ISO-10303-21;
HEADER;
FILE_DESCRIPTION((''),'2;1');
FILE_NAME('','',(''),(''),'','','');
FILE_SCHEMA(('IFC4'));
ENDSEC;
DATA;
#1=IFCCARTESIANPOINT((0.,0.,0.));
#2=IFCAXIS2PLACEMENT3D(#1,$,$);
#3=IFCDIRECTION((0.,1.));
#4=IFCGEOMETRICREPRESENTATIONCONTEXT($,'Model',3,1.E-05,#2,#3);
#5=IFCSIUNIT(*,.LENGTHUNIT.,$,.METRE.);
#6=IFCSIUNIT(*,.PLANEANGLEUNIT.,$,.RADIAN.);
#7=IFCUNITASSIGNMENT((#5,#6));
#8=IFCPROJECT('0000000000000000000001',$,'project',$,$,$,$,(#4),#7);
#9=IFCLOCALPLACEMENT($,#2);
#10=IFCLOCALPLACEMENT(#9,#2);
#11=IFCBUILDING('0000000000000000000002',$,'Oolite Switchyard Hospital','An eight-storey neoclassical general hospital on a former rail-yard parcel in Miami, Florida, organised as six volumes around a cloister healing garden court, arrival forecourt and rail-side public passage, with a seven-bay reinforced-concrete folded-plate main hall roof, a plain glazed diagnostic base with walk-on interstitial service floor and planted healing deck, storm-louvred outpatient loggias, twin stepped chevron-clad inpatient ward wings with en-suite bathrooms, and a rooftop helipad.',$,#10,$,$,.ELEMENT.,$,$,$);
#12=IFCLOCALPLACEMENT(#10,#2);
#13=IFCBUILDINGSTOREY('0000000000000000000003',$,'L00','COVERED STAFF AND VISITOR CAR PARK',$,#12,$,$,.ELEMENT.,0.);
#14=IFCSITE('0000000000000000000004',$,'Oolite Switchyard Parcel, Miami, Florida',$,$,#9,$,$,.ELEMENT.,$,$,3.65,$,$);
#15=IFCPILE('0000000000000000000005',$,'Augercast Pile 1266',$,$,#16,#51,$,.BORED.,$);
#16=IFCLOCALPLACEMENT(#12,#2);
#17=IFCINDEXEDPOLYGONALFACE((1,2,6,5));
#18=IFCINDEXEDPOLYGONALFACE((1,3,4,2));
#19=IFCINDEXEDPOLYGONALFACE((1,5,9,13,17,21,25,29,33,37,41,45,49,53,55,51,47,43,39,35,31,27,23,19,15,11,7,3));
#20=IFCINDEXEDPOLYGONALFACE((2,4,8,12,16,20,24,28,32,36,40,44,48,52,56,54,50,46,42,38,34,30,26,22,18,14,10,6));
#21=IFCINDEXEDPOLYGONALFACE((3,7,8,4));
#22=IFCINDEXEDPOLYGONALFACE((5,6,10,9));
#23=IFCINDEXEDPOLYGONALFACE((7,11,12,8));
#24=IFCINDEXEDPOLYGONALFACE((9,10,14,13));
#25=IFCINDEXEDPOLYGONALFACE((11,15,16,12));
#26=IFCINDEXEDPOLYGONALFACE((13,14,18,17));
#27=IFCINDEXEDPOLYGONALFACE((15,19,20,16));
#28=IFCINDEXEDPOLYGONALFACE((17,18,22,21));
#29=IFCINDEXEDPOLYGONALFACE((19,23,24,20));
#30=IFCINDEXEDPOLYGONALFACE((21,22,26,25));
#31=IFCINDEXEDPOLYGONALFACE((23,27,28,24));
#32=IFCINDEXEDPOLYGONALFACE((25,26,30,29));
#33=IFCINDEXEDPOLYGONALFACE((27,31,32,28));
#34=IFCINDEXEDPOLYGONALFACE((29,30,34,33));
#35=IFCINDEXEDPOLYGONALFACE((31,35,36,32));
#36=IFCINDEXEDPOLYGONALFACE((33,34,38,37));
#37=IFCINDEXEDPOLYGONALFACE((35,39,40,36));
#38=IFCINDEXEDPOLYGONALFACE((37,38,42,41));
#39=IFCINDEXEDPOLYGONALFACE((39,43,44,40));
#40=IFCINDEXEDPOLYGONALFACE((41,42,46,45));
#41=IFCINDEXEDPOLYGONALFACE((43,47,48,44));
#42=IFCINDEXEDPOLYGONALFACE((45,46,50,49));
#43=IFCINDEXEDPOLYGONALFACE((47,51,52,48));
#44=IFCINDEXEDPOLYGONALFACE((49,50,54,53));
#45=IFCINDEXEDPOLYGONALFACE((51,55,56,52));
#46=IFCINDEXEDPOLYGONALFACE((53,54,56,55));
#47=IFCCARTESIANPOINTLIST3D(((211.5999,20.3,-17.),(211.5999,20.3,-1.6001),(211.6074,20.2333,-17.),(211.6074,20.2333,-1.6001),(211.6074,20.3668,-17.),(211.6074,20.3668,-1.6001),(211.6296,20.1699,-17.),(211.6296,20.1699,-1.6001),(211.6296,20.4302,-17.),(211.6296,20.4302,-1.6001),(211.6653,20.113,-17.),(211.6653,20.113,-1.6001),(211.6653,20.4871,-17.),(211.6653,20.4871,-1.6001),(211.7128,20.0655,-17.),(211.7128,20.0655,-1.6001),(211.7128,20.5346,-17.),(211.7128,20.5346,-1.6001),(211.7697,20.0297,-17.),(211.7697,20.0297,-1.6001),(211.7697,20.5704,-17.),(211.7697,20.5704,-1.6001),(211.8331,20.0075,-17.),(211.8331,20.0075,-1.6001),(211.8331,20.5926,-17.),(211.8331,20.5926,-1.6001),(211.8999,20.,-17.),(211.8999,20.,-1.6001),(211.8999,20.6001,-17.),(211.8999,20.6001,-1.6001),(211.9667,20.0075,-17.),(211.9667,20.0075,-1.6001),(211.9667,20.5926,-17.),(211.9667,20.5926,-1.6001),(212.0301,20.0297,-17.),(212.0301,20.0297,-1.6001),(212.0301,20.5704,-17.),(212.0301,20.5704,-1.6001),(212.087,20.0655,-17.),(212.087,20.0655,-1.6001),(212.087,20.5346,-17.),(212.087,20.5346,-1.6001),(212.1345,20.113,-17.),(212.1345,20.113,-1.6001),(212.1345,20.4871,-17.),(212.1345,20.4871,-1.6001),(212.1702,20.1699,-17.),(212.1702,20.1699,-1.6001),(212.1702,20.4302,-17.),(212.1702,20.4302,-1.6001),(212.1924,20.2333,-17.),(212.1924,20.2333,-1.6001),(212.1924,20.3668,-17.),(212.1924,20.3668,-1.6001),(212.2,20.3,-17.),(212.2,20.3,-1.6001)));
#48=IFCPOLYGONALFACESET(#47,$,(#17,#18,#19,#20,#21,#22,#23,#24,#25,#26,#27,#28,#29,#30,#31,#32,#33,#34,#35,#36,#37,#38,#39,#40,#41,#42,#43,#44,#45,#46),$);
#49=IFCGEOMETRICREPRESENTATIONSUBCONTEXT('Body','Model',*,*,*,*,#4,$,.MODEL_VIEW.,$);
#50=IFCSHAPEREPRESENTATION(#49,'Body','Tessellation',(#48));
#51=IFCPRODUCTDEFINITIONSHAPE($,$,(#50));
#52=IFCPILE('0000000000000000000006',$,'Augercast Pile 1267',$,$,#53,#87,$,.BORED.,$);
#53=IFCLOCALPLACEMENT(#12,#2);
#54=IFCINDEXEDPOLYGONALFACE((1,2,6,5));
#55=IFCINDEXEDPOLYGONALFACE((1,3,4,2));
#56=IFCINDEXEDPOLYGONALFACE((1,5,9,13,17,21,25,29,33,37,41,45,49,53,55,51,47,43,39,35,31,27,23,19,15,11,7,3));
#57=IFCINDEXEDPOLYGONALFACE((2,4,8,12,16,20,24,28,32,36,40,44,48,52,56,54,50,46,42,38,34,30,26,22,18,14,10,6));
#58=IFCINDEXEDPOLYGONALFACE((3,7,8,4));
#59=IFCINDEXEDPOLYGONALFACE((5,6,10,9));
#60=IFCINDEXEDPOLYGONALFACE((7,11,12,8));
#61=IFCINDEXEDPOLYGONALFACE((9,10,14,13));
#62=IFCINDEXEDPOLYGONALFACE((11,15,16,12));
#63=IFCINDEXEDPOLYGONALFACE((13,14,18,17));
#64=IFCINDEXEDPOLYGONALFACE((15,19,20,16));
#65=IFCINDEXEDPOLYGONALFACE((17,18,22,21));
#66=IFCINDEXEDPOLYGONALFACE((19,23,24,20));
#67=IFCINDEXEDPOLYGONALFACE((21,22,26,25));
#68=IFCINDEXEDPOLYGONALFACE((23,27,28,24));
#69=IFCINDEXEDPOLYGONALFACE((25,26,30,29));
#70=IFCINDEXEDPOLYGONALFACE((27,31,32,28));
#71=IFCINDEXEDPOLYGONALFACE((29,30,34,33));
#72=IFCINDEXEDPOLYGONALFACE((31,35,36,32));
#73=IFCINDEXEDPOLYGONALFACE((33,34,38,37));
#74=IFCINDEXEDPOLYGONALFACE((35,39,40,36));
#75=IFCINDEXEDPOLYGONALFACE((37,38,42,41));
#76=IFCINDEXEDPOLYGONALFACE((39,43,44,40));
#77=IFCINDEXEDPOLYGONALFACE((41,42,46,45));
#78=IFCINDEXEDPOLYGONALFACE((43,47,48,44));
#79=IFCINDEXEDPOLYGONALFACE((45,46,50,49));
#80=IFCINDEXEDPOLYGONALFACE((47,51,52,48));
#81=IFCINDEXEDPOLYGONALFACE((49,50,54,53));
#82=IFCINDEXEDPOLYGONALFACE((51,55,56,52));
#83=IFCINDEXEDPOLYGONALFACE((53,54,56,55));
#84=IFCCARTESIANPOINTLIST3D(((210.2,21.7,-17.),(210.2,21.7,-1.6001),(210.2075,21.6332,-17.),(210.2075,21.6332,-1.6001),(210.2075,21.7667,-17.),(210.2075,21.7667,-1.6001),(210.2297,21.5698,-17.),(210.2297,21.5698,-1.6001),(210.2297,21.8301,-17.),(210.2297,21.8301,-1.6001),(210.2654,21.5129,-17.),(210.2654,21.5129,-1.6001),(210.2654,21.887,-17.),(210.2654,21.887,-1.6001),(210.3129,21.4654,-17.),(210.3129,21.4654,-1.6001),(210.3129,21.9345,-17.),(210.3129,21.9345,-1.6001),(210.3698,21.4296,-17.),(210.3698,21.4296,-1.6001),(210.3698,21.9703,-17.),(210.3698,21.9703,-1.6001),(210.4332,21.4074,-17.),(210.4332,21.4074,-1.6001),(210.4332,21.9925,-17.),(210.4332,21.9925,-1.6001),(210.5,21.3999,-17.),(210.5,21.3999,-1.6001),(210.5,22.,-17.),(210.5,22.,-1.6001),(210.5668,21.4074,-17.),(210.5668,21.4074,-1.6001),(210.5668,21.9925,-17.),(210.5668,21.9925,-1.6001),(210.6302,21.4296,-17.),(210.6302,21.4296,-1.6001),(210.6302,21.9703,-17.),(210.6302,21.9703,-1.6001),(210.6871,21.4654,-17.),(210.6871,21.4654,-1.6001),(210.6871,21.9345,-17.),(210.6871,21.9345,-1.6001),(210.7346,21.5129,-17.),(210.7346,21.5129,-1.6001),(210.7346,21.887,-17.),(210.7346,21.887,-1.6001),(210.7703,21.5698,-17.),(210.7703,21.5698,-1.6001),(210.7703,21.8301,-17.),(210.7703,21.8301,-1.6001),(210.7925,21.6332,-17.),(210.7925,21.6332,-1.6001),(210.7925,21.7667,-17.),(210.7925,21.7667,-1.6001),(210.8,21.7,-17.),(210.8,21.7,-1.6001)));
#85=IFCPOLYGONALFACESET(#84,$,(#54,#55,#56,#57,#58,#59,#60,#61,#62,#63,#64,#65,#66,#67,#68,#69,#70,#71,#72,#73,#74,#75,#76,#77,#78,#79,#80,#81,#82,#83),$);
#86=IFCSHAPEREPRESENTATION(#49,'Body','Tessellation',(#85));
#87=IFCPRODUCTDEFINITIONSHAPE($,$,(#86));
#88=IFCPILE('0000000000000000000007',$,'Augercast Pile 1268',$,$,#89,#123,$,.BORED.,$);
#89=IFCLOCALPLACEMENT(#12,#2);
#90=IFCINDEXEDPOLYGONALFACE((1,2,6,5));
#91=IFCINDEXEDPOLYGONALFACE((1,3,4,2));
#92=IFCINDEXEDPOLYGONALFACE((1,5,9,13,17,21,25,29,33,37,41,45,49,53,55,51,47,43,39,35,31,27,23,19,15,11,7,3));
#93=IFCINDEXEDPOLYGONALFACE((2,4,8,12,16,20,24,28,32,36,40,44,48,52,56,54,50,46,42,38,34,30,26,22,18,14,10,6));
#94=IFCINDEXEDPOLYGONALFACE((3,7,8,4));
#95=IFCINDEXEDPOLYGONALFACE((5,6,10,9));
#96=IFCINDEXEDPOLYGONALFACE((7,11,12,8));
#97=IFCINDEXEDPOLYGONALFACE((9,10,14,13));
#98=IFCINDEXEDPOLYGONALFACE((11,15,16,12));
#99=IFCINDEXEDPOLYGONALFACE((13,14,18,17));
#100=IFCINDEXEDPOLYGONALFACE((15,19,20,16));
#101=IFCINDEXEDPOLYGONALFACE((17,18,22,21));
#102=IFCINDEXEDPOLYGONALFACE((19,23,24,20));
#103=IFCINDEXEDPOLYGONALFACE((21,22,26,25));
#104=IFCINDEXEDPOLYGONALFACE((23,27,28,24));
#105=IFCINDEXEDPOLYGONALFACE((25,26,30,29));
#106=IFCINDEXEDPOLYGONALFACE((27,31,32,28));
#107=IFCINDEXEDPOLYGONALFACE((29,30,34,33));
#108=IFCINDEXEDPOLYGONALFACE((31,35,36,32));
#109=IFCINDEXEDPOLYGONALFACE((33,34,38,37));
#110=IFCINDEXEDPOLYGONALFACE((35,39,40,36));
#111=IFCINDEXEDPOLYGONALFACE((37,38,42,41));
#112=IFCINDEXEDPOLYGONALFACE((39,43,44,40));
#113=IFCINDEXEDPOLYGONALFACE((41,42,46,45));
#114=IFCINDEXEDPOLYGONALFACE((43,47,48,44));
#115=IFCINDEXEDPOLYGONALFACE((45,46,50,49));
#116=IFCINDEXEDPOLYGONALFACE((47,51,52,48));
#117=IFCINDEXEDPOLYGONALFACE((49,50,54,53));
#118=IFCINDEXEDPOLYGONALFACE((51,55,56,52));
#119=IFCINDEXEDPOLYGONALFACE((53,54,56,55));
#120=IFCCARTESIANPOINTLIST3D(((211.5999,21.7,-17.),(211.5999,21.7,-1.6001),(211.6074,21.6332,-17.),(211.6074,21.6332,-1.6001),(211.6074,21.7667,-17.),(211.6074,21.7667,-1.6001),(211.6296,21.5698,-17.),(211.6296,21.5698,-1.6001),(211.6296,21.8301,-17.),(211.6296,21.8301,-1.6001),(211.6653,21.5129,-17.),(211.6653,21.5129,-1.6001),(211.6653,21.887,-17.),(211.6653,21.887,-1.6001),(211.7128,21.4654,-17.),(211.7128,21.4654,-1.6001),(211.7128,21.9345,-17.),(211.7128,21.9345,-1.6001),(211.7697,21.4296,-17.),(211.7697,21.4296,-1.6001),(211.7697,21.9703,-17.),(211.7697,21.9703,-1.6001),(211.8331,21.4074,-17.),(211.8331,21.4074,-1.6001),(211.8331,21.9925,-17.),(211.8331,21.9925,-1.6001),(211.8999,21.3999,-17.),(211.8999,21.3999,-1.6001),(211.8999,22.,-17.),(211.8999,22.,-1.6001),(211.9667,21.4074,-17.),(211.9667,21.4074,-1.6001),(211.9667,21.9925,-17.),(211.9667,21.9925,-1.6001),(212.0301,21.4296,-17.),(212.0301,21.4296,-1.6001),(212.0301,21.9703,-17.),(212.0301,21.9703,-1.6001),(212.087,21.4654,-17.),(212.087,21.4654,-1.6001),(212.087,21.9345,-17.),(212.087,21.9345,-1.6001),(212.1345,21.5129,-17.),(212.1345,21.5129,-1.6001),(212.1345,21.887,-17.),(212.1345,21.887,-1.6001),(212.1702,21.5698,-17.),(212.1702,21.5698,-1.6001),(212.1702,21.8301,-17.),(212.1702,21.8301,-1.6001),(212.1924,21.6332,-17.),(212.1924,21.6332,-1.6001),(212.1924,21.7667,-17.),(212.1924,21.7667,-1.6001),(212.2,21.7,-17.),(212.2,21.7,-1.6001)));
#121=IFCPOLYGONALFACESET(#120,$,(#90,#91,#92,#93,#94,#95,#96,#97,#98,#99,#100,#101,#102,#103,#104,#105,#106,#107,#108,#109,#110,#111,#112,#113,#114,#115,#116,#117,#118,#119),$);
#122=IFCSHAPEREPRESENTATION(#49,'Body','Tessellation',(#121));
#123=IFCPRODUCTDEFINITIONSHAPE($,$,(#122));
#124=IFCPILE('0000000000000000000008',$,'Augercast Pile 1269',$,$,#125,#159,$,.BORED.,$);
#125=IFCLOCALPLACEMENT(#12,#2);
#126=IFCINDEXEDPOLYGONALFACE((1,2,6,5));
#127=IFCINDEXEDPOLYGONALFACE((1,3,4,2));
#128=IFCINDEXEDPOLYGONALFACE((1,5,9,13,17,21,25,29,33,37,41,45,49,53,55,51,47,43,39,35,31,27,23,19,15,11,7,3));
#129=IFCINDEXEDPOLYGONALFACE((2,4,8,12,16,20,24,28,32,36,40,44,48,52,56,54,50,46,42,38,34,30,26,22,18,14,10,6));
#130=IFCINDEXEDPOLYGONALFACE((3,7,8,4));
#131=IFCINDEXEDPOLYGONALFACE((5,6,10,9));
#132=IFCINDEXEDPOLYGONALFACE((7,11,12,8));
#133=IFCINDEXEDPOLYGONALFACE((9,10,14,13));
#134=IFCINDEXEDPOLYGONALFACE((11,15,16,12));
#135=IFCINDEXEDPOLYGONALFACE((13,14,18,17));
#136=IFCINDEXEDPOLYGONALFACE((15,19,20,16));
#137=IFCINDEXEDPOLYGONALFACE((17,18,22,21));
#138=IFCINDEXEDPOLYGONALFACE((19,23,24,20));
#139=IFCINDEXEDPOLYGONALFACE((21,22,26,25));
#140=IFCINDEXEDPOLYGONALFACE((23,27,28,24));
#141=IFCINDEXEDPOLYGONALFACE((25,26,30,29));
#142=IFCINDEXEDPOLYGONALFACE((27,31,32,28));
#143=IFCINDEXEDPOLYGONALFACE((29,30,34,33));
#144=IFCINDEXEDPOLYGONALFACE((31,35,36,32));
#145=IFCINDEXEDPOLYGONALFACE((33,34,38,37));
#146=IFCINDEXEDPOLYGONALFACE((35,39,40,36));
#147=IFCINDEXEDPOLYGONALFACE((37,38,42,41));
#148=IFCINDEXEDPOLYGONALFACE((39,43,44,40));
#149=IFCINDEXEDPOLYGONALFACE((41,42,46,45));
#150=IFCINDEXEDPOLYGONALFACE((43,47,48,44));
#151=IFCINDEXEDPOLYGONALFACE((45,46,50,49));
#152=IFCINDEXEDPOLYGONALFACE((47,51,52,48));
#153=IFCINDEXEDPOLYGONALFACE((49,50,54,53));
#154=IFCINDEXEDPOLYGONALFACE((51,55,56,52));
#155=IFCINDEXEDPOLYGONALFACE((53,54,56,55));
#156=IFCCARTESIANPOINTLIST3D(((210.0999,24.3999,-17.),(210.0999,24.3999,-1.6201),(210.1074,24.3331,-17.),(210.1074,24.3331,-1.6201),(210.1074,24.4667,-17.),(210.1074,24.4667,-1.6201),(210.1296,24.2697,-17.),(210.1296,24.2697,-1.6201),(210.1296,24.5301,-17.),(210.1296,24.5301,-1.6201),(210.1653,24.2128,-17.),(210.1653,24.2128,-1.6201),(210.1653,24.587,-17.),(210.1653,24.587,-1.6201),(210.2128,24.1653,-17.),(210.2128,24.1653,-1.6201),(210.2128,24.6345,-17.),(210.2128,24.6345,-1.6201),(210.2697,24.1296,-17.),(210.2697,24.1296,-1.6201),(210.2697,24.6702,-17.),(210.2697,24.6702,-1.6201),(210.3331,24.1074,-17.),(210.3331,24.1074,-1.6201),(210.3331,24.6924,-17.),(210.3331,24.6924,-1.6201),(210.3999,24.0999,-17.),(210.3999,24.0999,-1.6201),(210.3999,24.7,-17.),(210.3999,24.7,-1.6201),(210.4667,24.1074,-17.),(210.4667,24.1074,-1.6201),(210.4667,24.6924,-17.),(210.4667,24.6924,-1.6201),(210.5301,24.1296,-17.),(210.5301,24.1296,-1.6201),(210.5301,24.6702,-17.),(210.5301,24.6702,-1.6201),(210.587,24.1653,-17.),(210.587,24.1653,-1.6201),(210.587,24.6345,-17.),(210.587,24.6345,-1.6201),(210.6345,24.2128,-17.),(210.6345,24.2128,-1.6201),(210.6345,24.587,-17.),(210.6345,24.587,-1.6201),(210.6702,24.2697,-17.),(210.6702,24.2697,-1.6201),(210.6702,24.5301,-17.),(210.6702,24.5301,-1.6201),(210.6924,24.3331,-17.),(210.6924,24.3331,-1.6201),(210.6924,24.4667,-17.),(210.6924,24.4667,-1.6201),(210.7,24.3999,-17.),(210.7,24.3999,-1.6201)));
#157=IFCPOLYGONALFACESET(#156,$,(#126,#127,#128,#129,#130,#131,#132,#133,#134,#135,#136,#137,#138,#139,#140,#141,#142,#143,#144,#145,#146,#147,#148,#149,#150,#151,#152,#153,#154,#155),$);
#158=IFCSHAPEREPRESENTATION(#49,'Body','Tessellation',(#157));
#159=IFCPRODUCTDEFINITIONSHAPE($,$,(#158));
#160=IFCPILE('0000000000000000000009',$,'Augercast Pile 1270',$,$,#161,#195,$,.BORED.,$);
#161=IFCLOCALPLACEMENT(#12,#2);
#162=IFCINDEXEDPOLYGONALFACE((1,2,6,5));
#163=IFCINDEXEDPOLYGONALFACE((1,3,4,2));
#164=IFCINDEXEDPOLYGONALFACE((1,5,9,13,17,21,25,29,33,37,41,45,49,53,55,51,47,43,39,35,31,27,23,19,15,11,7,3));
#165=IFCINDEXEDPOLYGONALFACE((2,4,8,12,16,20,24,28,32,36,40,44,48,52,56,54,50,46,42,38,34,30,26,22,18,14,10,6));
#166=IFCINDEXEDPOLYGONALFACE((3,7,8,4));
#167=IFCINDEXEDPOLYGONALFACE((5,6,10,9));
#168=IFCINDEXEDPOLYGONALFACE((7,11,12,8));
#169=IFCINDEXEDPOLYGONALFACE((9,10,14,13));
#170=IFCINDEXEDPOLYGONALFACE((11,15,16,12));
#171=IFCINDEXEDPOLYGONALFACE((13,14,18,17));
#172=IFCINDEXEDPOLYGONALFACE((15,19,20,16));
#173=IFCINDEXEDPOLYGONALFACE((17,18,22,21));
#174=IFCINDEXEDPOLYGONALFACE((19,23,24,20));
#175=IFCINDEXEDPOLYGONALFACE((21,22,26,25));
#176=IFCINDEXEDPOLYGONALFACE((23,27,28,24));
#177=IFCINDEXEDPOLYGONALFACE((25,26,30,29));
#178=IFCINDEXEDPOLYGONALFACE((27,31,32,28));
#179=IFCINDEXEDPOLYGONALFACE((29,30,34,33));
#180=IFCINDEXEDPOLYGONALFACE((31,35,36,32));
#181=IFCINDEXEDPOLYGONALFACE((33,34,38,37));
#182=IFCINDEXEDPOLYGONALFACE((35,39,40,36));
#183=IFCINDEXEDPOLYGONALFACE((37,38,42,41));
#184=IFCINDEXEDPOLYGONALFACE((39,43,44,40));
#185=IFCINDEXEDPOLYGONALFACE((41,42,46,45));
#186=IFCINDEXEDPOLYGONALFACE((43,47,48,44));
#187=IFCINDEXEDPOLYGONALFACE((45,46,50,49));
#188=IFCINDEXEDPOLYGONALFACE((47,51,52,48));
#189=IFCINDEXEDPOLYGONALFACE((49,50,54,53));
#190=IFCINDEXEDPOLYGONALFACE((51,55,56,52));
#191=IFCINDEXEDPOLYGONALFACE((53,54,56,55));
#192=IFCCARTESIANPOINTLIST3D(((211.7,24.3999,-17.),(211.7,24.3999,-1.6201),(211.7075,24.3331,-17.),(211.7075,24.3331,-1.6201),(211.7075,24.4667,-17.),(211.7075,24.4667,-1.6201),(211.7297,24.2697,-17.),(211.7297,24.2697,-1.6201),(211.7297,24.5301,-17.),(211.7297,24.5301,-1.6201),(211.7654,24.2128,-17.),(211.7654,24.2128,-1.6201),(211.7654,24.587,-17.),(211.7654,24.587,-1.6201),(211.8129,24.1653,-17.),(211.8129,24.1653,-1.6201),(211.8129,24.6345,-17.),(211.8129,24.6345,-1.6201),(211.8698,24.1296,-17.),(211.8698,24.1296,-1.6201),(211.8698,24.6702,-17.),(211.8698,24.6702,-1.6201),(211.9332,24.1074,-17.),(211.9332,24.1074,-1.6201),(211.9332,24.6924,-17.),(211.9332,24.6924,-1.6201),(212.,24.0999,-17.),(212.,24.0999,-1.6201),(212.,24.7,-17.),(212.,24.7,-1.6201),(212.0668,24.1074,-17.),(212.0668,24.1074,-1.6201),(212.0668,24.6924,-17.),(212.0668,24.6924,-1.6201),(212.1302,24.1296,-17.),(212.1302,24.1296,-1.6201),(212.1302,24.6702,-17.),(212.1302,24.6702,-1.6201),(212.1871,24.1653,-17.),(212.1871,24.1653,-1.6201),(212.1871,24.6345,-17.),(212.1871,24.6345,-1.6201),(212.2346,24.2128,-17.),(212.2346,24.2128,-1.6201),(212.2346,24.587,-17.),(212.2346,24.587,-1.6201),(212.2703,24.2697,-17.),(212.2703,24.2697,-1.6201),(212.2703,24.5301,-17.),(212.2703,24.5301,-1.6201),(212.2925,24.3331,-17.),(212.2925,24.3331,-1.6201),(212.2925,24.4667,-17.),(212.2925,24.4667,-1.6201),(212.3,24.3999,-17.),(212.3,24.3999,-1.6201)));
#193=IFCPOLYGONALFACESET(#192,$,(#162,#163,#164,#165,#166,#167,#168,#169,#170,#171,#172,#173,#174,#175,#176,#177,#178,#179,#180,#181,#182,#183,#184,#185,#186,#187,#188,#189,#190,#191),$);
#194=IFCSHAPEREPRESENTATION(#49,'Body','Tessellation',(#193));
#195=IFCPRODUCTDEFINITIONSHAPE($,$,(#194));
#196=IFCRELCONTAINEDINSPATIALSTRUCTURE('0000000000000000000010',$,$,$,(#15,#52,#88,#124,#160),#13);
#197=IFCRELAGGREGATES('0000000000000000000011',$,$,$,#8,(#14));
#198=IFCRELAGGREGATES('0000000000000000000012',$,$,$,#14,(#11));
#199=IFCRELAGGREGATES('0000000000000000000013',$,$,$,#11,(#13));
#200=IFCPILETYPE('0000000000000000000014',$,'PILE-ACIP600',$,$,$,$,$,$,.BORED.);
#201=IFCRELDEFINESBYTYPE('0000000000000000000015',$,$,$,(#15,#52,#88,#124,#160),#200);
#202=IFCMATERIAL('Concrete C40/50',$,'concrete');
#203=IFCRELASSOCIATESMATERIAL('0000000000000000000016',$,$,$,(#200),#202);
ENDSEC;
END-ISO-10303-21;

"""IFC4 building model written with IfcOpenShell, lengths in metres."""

from ifc_helpers import new_model, si_unit, direction, frame, origin, origin_2d, place, context, subcontext, project, spatial, circle, extrude, material, material_profile, profile_set, type_object, element, save


model = new_model("IFC4")

# Units and contexts
model_context = context("Model", 3, precision=1e-05, world=origin(), true_north=direction((0.0, 1.0)))
body_context = subcontext(model_context, "Body", "Model", "MODEL_VIEW")
ifc_project = project(units=[si_unit("LENGTHUNIT", "METRE"), si_unit("PLANEANGLEUNIT", "RADIAN")], contexts=[model_context])

# Site, building, storey
site_placement = place(None, origin())
site = spatial("IfcSite", under=ifc_project, at=site_placement, Name="Oolite Switchyard Parcel, Miami, Florida", CompositionType="ELEMENT", RefElevation=3.65)
building_placement = place(site_placement, origin())
building = spatial("IfcBuilding", under=site, at=building_placement, Name="Oolite Switchyard Hospital", Description="An eight-storey neoclassical general hospital on a former rail-yard parcel in Miami, Florida, organised as six volumes around a cloister healing garden court, arrival forecourt and rail-side public passage, with a seven-bay reinforced-concrete folded-plate main hall roof, a plain glazed diagnostic base with walk-on interstitial service floor and planted healing deck, storm-louvred outpatient loggias, twin stepped chevron-clad inpatient ward wings with en-suite bathrooms, and a rooftop helipad.", CompositionType="ELEMENT")
storey_placement = place(building_placement, origin())
storey = spatial("IfcBuildingStorey", under=building, at=storey_placement, Name="L00", Description="COVERED STAFF AND VISITOR CAR PARK", CompositionType="ELEMENT", Elevation=0.0)

# Shared definitions
ifc_material_1 = material(Name="Concrete C40/50", Category="concrete")

# Piles
ifc_material_profile_1 = material_profile(ifc_material_1, circle(Radius=0.3, at=origin_2d()), Name="PILE600")
ifc_profile_set_1 = profile_set([ifc_material_profile_1], Name="Concrete C40/50")
pile_type = type_object("IfcPileType", Name="PILE-ACIP600", PredefinedType="BORED", material=ifc_profile_set_1)
for number, where, z_axis, x_axis, name in (
    (1, (211.8999, 20.3, -1.6001), (0.0, 0.0, -1.0), (1.0, 0.0, 0.0), "Augercast Pile 1266"),
    (2, (210.5, 21.7, -1.6001), (0.0, 0.0, -1.0), (1.0, 0.0, 0.0), "Augercast Pile 1267"),
    (3, (211.8999, 21.7, -1.6001), (0.0, 0.0, -1.0), (1.0, 0.0, 0.0), "Augercast Pile 1268"),
):
    element("IfcPile", number, at=place(storey_placement, frame(where, z_axis=z_axis, x_axis=x_axis)), inside=storey, type_object=pile_type, Name=name, PredefinedType="BORED", context=body_context, shape_type="SweptSolid", body=[
        extrude(circle(Radius=0.3, at=origin_2d()), origin(), (0.0, 0.0, 1.0), 15.3999),
    ])
for number, where, z_axis, x_axis, name in (
    (4, (210.3999, 24.3999, -1.6201), (0.0, 0.0, -1.0), (1.0, 0.0, 0.0), "Augercast Pile 1269"),
    (5, (212.0, 24.3999, -1.6201), (0.0, 0.0, -1.0), (1.0, 0.0, 0.0), "Augercast Pile 1270"),
):
    element("IfcPile", number, at=place(storey_placement, frame(where, z_axis=z_axis, x_axis=x_axis)), inside=storey, type_object=pile_type, Name=name, PredefinedType="BORED", context=body_context, shape_type="SweptSolid", body=[
        extrude(circle(Radius=0.3, at=origin_2d()), origin(), (0.0, 0.0, 1.0), 15.3799),
    ])

save(model, "model.ifc")
